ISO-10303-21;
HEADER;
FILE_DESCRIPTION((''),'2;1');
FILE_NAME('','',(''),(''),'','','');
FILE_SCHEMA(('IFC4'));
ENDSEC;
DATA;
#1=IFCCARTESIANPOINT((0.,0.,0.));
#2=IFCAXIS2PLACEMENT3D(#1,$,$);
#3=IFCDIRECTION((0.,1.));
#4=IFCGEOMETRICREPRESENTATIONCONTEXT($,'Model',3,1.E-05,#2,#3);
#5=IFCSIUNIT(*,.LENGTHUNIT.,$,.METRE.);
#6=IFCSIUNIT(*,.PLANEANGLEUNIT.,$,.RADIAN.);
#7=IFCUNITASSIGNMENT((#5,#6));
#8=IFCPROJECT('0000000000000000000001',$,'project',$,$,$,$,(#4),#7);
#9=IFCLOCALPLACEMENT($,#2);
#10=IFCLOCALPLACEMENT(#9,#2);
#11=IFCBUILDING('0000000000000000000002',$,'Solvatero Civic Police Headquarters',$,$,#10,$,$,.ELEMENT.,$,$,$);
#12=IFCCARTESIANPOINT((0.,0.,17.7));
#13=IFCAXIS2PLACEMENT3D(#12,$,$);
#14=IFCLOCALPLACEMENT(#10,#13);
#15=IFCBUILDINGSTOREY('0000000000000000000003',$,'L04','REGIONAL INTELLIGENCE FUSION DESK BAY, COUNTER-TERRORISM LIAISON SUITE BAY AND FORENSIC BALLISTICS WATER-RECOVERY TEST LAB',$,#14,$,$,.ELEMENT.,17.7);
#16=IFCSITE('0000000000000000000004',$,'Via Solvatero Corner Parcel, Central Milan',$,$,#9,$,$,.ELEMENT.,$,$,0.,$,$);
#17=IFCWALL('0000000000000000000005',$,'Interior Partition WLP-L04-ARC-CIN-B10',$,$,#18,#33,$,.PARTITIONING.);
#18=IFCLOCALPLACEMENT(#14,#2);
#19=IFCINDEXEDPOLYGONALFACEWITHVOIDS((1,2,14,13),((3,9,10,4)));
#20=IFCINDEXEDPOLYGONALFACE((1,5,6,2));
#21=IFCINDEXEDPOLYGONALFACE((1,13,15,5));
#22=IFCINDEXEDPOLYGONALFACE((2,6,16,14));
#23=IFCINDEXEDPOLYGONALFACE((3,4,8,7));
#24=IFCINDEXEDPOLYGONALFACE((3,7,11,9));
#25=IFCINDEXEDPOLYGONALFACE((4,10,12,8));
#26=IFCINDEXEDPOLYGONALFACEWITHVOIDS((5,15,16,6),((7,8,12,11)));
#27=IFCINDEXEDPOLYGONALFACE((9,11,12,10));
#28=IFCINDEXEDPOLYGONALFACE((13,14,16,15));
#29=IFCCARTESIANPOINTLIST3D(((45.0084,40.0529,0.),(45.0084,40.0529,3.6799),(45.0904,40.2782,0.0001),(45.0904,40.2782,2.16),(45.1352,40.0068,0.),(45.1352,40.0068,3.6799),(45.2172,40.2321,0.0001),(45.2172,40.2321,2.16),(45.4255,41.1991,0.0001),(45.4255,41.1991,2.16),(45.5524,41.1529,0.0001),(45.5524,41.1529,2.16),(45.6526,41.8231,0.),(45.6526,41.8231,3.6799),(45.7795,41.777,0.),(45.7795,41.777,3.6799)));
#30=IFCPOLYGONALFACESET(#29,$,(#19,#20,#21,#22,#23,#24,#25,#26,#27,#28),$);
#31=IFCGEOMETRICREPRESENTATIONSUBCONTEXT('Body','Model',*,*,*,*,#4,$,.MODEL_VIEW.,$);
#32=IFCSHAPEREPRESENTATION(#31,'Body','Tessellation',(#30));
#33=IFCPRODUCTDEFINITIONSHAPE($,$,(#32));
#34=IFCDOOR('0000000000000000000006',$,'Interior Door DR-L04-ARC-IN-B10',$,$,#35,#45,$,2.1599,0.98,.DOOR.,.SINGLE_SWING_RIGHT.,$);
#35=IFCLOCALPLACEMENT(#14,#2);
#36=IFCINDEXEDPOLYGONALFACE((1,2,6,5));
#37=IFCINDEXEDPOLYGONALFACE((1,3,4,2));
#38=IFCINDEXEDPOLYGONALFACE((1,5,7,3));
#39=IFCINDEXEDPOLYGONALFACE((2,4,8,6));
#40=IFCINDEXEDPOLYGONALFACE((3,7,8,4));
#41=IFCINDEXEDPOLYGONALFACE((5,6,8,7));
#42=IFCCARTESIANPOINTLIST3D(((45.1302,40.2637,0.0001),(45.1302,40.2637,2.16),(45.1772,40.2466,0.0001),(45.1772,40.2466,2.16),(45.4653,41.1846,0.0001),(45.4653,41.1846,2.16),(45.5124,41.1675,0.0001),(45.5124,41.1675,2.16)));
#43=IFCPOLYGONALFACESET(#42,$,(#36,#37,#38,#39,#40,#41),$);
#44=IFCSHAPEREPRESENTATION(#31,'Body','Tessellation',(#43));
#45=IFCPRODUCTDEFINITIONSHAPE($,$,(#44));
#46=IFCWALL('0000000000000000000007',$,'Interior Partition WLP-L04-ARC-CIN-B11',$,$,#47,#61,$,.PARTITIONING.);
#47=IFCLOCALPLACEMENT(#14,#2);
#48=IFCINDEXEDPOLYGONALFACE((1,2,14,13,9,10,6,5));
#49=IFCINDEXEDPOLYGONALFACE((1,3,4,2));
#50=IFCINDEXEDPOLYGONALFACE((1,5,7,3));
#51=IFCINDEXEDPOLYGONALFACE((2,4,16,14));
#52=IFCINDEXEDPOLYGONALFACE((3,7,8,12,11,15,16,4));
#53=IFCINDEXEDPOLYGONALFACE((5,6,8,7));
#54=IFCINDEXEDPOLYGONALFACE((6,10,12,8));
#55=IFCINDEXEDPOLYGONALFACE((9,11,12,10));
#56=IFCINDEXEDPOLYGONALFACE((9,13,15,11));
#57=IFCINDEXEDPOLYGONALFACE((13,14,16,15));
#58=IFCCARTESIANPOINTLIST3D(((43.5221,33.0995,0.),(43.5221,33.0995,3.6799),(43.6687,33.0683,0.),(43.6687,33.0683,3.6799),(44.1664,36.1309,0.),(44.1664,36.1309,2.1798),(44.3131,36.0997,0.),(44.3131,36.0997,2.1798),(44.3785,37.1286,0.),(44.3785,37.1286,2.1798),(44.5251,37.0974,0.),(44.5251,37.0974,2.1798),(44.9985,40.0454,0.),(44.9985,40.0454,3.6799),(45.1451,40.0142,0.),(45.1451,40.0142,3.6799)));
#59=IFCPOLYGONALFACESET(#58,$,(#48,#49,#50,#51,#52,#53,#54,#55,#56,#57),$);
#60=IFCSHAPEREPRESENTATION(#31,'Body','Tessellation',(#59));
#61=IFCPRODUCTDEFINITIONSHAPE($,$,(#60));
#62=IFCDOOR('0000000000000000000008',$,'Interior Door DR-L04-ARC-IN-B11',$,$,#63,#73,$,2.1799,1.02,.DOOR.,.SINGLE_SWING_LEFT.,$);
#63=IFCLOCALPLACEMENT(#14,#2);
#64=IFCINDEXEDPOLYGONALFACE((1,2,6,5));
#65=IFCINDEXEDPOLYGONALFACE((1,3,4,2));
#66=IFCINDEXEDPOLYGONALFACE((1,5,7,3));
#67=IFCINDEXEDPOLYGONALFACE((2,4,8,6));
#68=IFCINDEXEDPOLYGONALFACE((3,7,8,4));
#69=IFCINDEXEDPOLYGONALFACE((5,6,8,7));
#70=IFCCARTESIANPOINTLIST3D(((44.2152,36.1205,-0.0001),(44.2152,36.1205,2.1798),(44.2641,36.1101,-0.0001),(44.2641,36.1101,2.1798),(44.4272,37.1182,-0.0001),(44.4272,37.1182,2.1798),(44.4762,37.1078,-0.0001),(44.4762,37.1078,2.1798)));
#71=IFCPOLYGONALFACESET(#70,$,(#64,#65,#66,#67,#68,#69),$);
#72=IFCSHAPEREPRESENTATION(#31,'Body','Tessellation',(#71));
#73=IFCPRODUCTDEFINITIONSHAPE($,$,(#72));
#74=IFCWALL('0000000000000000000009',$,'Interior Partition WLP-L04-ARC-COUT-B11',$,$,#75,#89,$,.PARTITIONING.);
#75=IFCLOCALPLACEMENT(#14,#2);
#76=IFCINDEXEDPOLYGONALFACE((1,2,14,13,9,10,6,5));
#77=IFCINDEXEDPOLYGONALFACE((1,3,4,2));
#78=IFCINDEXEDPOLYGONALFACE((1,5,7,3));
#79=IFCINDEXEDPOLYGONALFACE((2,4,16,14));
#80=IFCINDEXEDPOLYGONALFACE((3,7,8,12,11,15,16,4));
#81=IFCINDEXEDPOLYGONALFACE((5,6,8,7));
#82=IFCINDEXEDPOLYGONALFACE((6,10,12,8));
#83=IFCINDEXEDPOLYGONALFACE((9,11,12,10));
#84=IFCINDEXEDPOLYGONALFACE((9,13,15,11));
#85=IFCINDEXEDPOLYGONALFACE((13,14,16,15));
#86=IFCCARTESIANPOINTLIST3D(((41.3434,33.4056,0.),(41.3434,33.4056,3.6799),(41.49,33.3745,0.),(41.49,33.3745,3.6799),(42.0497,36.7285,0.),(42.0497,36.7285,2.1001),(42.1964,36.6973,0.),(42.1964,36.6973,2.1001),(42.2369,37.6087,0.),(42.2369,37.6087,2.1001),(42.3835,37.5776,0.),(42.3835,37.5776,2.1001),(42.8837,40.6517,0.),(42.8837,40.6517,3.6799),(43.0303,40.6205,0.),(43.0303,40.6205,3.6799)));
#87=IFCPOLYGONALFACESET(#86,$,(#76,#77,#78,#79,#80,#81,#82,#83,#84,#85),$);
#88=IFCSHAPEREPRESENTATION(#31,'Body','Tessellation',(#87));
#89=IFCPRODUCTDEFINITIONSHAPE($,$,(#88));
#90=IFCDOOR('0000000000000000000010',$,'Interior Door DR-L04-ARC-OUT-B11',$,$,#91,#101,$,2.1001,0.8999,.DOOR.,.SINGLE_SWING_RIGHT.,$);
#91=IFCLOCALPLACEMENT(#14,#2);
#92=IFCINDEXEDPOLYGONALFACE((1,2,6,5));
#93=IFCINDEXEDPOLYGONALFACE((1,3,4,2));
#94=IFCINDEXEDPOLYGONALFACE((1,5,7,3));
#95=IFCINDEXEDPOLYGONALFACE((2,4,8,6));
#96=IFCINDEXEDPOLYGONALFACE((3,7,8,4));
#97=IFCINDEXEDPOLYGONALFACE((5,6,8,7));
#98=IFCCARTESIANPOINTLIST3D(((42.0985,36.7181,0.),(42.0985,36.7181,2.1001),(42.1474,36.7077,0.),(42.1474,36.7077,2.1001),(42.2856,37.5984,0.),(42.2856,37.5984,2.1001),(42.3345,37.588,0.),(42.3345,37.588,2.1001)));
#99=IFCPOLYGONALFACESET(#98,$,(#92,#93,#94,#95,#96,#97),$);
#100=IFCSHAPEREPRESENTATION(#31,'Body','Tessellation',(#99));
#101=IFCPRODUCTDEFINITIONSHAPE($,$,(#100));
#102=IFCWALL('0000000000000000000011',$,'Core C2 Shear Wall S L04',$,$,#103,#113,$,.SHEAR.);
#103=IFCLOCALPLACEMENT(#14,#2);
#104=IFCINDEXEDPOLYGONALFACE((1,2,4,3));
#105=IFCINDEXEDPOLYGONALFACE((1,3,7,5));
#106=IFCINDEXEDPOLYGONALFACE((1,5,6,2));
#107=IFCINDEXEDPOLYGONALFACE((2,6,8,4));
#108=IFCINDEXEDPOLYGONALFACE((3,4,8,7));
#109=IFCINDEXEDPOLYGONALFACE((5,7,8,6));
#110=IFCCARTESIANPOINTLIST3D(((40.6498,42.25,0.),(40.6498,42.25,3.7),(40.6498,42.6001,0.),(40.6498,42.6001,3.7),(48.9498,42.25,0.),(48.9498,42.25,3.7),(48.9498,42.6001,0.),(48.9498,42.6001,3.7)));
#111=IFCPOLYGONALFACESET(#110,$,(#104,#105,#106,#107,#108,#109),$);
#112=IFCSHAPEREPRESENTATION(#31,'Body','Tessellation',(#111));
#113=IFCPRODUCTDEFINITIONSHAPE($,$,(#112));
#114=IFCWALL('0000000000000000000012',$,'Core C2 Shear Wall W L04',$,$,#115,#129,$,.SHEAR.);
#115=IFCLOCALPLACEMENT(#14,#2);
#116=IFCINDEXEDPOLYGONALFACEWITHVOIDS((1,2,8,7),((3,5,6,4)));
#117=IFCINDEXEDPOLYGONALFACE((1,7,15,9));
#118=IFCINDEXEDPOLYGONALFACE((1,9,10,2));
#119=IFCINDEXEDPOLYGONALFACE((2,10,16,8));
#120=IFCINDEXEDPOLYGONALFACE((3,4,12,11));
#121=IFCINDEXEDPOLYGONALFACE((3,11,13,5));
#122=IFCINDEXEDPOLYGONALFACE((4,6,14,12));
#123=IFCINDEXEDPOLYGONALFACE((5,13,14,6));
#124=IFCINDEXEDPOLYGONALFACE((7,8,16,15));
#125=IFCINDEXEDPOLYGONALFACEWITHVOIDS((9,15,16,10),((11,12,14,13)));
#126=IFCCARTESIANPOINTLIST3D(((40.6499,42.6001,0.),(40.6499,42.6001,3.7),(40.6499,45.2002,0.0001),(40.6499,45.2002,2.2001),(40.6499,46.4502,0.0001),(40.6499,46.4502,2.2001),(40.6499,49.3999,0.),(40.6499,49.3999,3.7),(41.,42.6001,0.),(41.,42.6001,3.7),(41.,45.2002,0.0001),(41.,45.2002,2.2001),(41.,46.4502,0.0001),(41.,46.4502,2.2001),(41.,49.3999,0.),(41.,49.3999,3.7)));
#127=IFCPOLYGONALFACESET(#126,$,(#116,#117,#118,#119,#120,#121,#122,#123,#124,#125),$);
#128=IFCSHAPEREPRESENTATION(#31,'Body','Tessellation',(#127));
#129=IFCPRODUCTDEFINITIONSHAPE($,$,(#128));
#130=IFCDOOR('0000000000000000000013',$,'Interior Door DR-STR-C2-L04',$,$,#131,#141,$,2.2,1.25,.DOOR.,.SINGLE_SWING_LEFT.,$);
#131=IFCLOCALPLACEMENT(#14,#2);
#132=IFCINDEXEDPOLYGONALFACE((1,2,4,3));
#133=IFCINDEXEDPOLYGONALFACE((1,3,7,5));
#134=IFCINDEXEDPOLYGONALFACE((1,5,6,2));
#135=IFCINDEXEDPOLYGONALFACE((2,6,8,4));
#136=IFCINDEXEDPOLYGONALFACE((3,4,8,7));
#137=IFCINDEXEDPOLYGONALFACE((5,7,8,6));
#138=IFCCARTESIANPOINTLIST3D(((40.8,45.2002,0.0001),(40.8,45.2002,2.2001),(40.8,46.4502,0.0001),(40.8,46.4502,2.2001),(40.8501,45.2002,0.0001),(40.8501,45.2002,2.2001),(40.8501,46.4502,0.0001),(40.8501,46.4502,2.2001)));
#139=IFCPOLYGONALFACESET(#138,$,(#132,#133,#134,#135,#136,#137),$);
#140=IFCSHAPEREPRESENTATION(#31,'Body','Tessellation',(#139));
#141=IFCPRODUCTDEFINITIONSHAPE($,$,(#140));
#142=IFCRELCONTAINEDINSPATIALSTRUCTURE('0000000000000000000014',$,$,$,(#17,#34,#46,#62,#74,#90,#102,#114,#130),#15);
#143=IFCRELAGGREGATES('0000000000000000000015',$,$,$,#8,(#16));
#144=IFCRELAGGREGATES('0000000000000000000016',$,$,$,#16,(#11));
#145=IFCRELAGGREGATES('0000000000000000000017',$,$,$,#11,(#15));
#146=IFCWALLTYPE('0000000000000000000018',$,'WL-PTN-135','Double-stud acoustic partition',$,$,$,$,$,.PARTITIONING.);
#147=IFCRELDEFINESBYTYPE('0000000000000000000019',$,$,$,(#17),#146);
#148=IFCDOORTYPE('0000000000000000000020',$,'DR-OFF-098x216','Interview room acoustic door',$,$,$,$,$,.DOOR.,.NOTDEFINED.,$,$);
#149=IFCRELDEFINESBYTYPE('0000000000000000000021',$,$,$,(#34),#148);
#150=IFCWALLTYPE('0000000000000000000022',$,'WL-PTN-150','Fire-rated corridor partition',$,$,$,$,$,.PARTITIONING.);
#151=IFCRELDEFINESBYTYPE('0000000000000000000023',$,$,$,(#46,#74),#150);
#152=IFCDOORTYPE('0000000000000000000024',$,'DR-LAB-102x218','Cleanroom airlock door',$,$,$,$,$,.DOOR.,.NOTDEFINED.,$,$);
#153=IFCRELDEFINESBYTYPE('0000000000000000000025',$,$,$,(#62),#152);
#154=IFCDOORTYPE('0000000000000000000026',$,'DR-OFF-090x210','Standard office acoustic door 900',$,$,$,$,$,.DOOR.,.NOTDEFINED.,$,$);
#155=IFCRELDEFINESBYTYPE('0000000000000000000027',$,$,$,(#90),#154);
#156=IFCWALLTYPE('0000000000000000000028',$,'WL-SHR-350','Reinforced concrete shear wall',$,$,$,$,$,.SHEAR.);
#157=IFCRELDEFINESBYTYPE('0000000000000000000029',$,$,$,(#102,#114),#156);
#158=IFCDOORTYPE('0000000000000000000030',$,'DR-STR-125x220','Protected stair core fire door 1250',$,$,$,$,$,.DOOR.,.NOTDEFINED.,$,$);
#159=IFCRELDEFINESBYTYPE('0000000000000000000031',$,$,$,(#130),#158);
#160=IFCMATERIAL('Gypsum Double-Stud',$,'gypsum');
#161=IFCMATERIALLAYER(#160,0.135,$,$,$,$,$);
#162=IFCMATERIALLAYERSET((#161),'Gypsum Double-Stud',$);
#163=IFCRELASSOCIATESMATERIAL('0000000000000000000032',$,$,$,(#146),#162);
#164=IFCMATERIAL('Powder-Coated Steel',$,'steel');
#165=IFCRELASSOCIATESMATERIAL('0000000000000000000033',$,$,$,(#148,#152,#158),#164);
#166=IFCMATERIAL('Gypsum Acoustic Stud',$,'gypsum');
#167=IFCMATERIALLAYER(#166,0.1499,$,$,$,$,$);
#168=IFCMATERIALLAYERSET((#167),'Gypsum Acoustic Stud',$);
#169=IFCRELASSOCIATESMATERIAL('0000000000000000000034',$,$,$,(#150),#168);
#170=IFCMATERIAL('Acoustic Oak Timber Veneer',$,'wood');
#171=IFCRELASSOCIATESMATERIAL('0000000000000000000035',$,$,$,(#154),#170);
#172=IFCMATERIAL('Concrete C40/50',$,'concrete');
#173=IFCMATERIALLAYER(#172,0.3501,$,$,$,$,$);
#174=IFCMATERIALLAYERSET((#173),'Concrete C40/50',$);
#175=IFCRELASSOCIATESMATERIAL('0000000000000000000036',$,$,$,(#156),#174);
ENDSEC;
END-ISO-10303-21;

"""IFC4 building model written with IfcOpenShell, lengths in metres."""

from ifc_helpers import new_model, si_unit, direction, frame, frame_2d, origin, place, context, subcontext, project, spatial, rectangle, extrude, material, layer, layer_set, type_object, element, fill, save


model = new_model("IFC4")

# Units and contexts
model_context = context("Model", 3, precision=1e-05, world=origin(), true_north=direction((0.0, 1.0)))
body_context = subcontext(model_context, "Body", "Model", "MODEL_VIEW")
ifc_project = project(units=[si_unit("LENGTHUNIT", "METRE"), si_unit("PLANEANGLEUNIT", "RADIAN")], contexts=[model_context])

# Site, building, storey
site_placement = place(None, origin())
site = spatial("IfcSite", under=ifc_project, at=site_placement, Name="Via Solvatero Corner Parcel, Central Milan", CompositionType="ELEMENT", RefElevation=0.0)
building_placement = place(site_placement, origin())
building = spatial("IfcBuilding", under=site, at=building_placement, Name="Solvatero Civic Police Headquarters", CompositionType="ELEMENT")
storey_placement = place(building_placement, frame((0.0, 0.0, 17.7)))
storey = spatial("IfcBuildingStorey", under=building, at=storey_placement, Name="L04", Description="REGIONAL INTELLIGENCE FUSION DESK BAY, COUNTER-TERRORISM LIAISON SUITE BAY AND FORENSIC BALLISTICS WATER-RECOVERY TEST LAB", CompositionType="ELEMENT", Elevation=17.7)

# Walls, openings, doors
ifc_material_1 = material(Name="Gypsum Double-Stud", Category="gypsum")
ifc_layer_1 = layer(ifc_material_1, 0.135)
ifc_layer_set_1 = layer_set([ifc_layer_1], Name="Gypsum Double-Stud")
wall_type_1 = type_object("IfcWallType", Name="WL-PTN-135", Description="Double-stud acoustic partition", PredefinedType="PARTITIONING", material=ifc_layer_set_1)
wall_1_placement = place(storey_placement, frame((45.7161, 41.8, 0.0), z_axis=(0.0, 0.0, 1.0), x_axis=(-0.342003, -0.939699, 0.0)))
wall_1 = element("IfcWall", 1, at=wall_1_placement, inside=storey, type_object=wall_type_1, Name="Interior Partition WLP-L04-ARC-CIN-B10", PredefinedType="PARTITIONING", context=body_context, shape_type="SweptSolid", body=[
    extrude(rectangle(XDim=1.8838, YDim=0.135, at=frame_2d((0.9419, 0.0))), origin(), (0.0, 0.0, 1.0), 3.6799),
])
opening_1_placement = place(wall_1_placement, frame((0.6641, 0.0, 0.0)))
opening_1 = element("IfcOpeningElement", 2, at=opening_1_placement, cuts=wall_1, PredefinedType="OPENING", context=body_context, shape_type="SweptSolid", body=[
    extrude(rectangle(XDim=0.98, YDim=2.1599, at=frame_2d((0.49, 1.0801))), frame((0.0, 0.0774, 0.0), z_axis=(0.0, -1.0, 0.0), x_axis=(1.0, 0.0, 0.0)), (0.0, 0.0, 1.0), 0.155),
])
ifc_material_2 = material(Name="Powder-Coated Steel", Category="steel")
door_type_1 = type_object("IfcDoorType", Name="DR-OFF-098x216", Description="Interview room acoustic door", OperationType="NOTDEFINED", PredefinedType="DOOR", material=ifc_material_2)
door_1_placement = place(opening_1_placement, origin())
door_1 = element("IfcDoor", 3, at=door_1_placement, inside=storey, type_object=door_type_1, Name="Interior Door DR-L04-ARC-IN-B10", OperationType="SINGLE_SWING_RIGHT", OverallHeight=2.1599, OverallWidth=0.98, PredefinedType="DOOR", context=body_context, shape_type="SweptSolid", body=[
    extrude(rectangle(XDim=0.98, YDim=2.1599, at=frame_2d((0.49, 1.0801))), frame((0.0, 0.0249, 0.0), z_axis=(0.0, -1.0, 0.0), x_axis=(1.0, 0.0, 0.0)), (0.0, 0.0, 1.0), 0.05),
])
fill(opening_1, door_1)
ifc_material_3 = material(Name="Gypsum Acoustic Stud", Category="gypsum")
ifc_layer_2 = layer(ifc_material_3, 0.1499)
ifc_layer_set_2 = layer_set([ifc_layer_2], Name="Gypsum Acoustic Stud")
wall_type_2 = type_object("IfcWallType", Name="WL-PTN-150", Description="Fire-rated corridor partition", PredefinedType="PARTITIONING", material=ifc_layer_set_2)
wall_2_placement = place(storey_placement, frame((45.0718, 40.0298, 0.0), z_axis=(0.0, 0.0, 1.0), x_axis=(-0.207904, -0.978149, 0.0)))
wall_2 = element("IfcWall", 4, at=wall_2_placement, inside=storey, type_object=wall_type_2, Name="Interior Partition WLP-L04-ARC-CIN-B11", PredefinedType="PARTITIONING", context=body_context, shape_type="SweptSolid", body=[
    extrude(rectangle(XDim=7.1011, YDim=0.1499, at=frame_2d((3.5505, 0.0))), origin(), (0.0, 0.0, 1.0), 3.6799),
])
opening_2_placement = place(wall_2_placement, frame((2.9819, 0.0, 0.0)))
opening_2 = element("IfcOpeningElement", 5, at=opening_2_placement, cuts=wall_2, PredefinedType="OPENING", context=body_context, shape_type="SweptSolid", body=[
    extrude(rectangle(XDim=1.02, YDim=2.1799, at=frame_2d((0.51, 1.0898))), frame((0.0, 0.085, 0.0), z_axis=(0.0, -1.0, 0.0), x_axis=(1.0, 0.0, 0.0)), (0.0, 0.0, 1.0), 0.1699),
])
door_type_2 = type_object("IfcDoorType", Name="DR-LAB-102x218", Description="Cleanroom airlock door", OperationType="NOTDEFINED", PredefinedType="DOOR", material=ifc_material_2)
door_2_placement = place(opening_2_placement, origin())
door_2 = element("IfcDoor", 6, at=door_2_placement, inside=storey, type_object=door_type_2, Name="Interior Door DR-L04-ARC-IN-B11", OperationType="SINGLE_SWING_LEFT", OverallHeight=2.1799, OverallWidth=1.02, PredefinedType="DOOR", context=body_context, shape_type="SweptSolid", body=[
    extrude(rectangle(XDim=1.02, YDim=2.1799, at=frame_2d((0.51, 1.0898))), frame((0.0, 0.0249, 0.0), z_axis=(0.0, -1.0, 0.0), x_axis=(1.0, 0.0, 0.0)), (0.0, 0.0, 1.0), 0.05),
])
fill(opening_2, door_2)
wall_3_placement = place(storey_placement, frame((42.957, 40.6362, 0.0), z_axis=(0.0, 0.0, 1.0), x_axis=(-0.207922, -0.978145, 0.0)))
wall_3 = element("IfcWall", 7, at=wall_3_placement, inside=storey, type_object=wall_type_2, Name="Interior Partition WLP-L04-ARC-COUT-B11", PredefinedType="PARTITIONING", context=body_context, shape_type="SweptSolid", body=[
    extrude(rectangle(XDim=7.408, YDim=0.1499, at=frame_2d((3.7041, 0.0))), origin(), (0.0, 0.0, 1.0), 3.6799),
])
opening_3_placement = place(wall_3_placement, frame((3.1111, 0.0, 0.0)))
opening_3 = element("IfcOpeningElement", 8, at=opening_3_placement, cuts=wall_3, PredefinedType="OPENING", context=body_context, shape_type="SweptSolid", body=[
    extrude(rectangle(XDim=0.8999, YDim=2.1001, at=frame_2d((0.45, 1.05))), frame((0.0, 0.085, 0.0), z_axis=(0.0, -1.0, 0.0), x_axis=(1.0, 0.0, 0.0)), (0.0, 0.0, 1.0), 0.1699),
])
ifc_material_4 = material(Name="Acoustic Oak Timber Veneer", Category="wood")
door_type_3 = type_object("IfcDoorType", Name="DR-OFF-090x210", Description="Standard office acoustic door 900", OperationType="NOTDEFINED", PredefinedType="DOOR", material=ifc_material_4)
door_3_placement = place(opening_3_placement, origin())
door_3 = element("IfcDoor", 9, at=door_3_placement, inside=storey, type_object=door_type_3, Name="Interior Door DR-L04-ARC-OUT-B11", OperationType="SINGLE_SWING_RIGHT", OverallHeight=2.1001, OverallWidth=0.8999, PredefinedType="DOOR", context=body_context, shape_type="SweptSolid", body=[
    extrude(rectangle(XDim=0.8999, YDim=2.1001, at=frame_2d((0.45, 1.05))), frame((0.0, 0.0249, 0.0), z_axis=(0.0, -1.0, 0.0), x_axis=(1.0, 0.0, 0.0)), (0.0, 0.0, 1.0), 0.05),
])
fill(opening_3, door_3)

# Wall
ifc_material_5 = material(Name="Concrete C40/50", Category="concrete")
ifc_layer_3 = layer(ifc_material_5, 0.3501)
ifc_layer_set_3 = layer_set([ifc_layer_3], Name="Concrete C40/50")
wall_type_3 = type_object("IfcWallType", Name="WL-SHR-350", Description="Reinforced concrete shear wall", PredefinedType="SHEAR", material=ifc_layer_set_3)
wall_4_placement = place(storey_placement, frame((40.6499, 42.425, 0.0), z_axis=(0.0, 0.0, 1.0), x_axis=(1.0, 0.0, 0.0)))
element("IfcWall", 10, at=wall_4_placement, inside=storey, type_object=wall_type_3, Name="Core C2 Shear Wall S L04", PredefinedType="SHEAR", context=body_context, shape_type="SweptSolid", body=[
    extrude(rectangle(XDim=8.3, YDim=0.3501, at=frame_2d((4.1499, 0.0))), origin(), (0.0, 0.0, 1.0), 3.7),
])

# Wall, opening, door
wall_5_placement = place(storey_placement, frame((40.825, 42.6001, 0.0), z_axis=(0.0, 0.0, 1.0), x_axis=(0.0, 1.0, 0.0)))
wall_5 = element("IfcWall", 11, at=wall_5_placement, inside=storey, type_object=wall_type_3, Name="Core C2 Shear Wall W L04", PredefinedType="SHEAR", context=body_context, shape_type="SweptSolid", body=[
    extrude(rectangle(XDim=6.7998, YDim=0.3501, at=frame_2d((3.3999, 0.0))), origin(), (0.0, 0.0, 1.0), 3.7),
])
opening_4_placement = place(wall_5_placement, frame((2.6001, 0.0, 0.0)))
opening_4 = element("IfcOpeningElement", 12, at=opening_4_placement, cuts=wall_5, PredefinedType="OPENING", context=body_context, shape_type="SweptSolid", body=[
    extrude(rectangle(XDim=1.25, YDim=2.2, at=frame_2d((0.625, 1.1001))), frame((0.0, 0.1851, 0.0), z_axis=(0.0, -1.0, 0.0), x_axis=(1.0, 0.0, 0.0)), (0.0, 0.0, 1.0), 0.3701),
])
door_type_4 = type_object("IfcDoorType", Name="DR-STR-125x220", Description="Protected stair core fire door 1250", OperationType="NOTDEFINED", PredefinedType="DOOR", material=ifc_material_2)
door_4_placement = place(opening_4_placement, origin())
door_4 = element("IfcDoor", 13, at=door_4_placement, inside=storey, type_object=door_type_4, Name="Interior Door DR-STR-C2-L04", OperationType="SINGLE_SWING_LEFT", OverallHeight=2.2, OverallWidth=1.25, PredefinedType="DOOR", context=body_context, shape_type="SweptSolid", body=[
    extrude(rectangle(XDim=1.25, YDim=2.2, at=frame_2d((0.625, 1.1001))), frame((0.0, 0.0249, 0.0), z_axis=(0.0, -1.0, 0.0), x_axis=(1.0, 0.0, 0.0)), (0.0, 0.0, 1.0), 0.05),
])
fill(opening_4, door_4)

save(model, "model.ifc")
